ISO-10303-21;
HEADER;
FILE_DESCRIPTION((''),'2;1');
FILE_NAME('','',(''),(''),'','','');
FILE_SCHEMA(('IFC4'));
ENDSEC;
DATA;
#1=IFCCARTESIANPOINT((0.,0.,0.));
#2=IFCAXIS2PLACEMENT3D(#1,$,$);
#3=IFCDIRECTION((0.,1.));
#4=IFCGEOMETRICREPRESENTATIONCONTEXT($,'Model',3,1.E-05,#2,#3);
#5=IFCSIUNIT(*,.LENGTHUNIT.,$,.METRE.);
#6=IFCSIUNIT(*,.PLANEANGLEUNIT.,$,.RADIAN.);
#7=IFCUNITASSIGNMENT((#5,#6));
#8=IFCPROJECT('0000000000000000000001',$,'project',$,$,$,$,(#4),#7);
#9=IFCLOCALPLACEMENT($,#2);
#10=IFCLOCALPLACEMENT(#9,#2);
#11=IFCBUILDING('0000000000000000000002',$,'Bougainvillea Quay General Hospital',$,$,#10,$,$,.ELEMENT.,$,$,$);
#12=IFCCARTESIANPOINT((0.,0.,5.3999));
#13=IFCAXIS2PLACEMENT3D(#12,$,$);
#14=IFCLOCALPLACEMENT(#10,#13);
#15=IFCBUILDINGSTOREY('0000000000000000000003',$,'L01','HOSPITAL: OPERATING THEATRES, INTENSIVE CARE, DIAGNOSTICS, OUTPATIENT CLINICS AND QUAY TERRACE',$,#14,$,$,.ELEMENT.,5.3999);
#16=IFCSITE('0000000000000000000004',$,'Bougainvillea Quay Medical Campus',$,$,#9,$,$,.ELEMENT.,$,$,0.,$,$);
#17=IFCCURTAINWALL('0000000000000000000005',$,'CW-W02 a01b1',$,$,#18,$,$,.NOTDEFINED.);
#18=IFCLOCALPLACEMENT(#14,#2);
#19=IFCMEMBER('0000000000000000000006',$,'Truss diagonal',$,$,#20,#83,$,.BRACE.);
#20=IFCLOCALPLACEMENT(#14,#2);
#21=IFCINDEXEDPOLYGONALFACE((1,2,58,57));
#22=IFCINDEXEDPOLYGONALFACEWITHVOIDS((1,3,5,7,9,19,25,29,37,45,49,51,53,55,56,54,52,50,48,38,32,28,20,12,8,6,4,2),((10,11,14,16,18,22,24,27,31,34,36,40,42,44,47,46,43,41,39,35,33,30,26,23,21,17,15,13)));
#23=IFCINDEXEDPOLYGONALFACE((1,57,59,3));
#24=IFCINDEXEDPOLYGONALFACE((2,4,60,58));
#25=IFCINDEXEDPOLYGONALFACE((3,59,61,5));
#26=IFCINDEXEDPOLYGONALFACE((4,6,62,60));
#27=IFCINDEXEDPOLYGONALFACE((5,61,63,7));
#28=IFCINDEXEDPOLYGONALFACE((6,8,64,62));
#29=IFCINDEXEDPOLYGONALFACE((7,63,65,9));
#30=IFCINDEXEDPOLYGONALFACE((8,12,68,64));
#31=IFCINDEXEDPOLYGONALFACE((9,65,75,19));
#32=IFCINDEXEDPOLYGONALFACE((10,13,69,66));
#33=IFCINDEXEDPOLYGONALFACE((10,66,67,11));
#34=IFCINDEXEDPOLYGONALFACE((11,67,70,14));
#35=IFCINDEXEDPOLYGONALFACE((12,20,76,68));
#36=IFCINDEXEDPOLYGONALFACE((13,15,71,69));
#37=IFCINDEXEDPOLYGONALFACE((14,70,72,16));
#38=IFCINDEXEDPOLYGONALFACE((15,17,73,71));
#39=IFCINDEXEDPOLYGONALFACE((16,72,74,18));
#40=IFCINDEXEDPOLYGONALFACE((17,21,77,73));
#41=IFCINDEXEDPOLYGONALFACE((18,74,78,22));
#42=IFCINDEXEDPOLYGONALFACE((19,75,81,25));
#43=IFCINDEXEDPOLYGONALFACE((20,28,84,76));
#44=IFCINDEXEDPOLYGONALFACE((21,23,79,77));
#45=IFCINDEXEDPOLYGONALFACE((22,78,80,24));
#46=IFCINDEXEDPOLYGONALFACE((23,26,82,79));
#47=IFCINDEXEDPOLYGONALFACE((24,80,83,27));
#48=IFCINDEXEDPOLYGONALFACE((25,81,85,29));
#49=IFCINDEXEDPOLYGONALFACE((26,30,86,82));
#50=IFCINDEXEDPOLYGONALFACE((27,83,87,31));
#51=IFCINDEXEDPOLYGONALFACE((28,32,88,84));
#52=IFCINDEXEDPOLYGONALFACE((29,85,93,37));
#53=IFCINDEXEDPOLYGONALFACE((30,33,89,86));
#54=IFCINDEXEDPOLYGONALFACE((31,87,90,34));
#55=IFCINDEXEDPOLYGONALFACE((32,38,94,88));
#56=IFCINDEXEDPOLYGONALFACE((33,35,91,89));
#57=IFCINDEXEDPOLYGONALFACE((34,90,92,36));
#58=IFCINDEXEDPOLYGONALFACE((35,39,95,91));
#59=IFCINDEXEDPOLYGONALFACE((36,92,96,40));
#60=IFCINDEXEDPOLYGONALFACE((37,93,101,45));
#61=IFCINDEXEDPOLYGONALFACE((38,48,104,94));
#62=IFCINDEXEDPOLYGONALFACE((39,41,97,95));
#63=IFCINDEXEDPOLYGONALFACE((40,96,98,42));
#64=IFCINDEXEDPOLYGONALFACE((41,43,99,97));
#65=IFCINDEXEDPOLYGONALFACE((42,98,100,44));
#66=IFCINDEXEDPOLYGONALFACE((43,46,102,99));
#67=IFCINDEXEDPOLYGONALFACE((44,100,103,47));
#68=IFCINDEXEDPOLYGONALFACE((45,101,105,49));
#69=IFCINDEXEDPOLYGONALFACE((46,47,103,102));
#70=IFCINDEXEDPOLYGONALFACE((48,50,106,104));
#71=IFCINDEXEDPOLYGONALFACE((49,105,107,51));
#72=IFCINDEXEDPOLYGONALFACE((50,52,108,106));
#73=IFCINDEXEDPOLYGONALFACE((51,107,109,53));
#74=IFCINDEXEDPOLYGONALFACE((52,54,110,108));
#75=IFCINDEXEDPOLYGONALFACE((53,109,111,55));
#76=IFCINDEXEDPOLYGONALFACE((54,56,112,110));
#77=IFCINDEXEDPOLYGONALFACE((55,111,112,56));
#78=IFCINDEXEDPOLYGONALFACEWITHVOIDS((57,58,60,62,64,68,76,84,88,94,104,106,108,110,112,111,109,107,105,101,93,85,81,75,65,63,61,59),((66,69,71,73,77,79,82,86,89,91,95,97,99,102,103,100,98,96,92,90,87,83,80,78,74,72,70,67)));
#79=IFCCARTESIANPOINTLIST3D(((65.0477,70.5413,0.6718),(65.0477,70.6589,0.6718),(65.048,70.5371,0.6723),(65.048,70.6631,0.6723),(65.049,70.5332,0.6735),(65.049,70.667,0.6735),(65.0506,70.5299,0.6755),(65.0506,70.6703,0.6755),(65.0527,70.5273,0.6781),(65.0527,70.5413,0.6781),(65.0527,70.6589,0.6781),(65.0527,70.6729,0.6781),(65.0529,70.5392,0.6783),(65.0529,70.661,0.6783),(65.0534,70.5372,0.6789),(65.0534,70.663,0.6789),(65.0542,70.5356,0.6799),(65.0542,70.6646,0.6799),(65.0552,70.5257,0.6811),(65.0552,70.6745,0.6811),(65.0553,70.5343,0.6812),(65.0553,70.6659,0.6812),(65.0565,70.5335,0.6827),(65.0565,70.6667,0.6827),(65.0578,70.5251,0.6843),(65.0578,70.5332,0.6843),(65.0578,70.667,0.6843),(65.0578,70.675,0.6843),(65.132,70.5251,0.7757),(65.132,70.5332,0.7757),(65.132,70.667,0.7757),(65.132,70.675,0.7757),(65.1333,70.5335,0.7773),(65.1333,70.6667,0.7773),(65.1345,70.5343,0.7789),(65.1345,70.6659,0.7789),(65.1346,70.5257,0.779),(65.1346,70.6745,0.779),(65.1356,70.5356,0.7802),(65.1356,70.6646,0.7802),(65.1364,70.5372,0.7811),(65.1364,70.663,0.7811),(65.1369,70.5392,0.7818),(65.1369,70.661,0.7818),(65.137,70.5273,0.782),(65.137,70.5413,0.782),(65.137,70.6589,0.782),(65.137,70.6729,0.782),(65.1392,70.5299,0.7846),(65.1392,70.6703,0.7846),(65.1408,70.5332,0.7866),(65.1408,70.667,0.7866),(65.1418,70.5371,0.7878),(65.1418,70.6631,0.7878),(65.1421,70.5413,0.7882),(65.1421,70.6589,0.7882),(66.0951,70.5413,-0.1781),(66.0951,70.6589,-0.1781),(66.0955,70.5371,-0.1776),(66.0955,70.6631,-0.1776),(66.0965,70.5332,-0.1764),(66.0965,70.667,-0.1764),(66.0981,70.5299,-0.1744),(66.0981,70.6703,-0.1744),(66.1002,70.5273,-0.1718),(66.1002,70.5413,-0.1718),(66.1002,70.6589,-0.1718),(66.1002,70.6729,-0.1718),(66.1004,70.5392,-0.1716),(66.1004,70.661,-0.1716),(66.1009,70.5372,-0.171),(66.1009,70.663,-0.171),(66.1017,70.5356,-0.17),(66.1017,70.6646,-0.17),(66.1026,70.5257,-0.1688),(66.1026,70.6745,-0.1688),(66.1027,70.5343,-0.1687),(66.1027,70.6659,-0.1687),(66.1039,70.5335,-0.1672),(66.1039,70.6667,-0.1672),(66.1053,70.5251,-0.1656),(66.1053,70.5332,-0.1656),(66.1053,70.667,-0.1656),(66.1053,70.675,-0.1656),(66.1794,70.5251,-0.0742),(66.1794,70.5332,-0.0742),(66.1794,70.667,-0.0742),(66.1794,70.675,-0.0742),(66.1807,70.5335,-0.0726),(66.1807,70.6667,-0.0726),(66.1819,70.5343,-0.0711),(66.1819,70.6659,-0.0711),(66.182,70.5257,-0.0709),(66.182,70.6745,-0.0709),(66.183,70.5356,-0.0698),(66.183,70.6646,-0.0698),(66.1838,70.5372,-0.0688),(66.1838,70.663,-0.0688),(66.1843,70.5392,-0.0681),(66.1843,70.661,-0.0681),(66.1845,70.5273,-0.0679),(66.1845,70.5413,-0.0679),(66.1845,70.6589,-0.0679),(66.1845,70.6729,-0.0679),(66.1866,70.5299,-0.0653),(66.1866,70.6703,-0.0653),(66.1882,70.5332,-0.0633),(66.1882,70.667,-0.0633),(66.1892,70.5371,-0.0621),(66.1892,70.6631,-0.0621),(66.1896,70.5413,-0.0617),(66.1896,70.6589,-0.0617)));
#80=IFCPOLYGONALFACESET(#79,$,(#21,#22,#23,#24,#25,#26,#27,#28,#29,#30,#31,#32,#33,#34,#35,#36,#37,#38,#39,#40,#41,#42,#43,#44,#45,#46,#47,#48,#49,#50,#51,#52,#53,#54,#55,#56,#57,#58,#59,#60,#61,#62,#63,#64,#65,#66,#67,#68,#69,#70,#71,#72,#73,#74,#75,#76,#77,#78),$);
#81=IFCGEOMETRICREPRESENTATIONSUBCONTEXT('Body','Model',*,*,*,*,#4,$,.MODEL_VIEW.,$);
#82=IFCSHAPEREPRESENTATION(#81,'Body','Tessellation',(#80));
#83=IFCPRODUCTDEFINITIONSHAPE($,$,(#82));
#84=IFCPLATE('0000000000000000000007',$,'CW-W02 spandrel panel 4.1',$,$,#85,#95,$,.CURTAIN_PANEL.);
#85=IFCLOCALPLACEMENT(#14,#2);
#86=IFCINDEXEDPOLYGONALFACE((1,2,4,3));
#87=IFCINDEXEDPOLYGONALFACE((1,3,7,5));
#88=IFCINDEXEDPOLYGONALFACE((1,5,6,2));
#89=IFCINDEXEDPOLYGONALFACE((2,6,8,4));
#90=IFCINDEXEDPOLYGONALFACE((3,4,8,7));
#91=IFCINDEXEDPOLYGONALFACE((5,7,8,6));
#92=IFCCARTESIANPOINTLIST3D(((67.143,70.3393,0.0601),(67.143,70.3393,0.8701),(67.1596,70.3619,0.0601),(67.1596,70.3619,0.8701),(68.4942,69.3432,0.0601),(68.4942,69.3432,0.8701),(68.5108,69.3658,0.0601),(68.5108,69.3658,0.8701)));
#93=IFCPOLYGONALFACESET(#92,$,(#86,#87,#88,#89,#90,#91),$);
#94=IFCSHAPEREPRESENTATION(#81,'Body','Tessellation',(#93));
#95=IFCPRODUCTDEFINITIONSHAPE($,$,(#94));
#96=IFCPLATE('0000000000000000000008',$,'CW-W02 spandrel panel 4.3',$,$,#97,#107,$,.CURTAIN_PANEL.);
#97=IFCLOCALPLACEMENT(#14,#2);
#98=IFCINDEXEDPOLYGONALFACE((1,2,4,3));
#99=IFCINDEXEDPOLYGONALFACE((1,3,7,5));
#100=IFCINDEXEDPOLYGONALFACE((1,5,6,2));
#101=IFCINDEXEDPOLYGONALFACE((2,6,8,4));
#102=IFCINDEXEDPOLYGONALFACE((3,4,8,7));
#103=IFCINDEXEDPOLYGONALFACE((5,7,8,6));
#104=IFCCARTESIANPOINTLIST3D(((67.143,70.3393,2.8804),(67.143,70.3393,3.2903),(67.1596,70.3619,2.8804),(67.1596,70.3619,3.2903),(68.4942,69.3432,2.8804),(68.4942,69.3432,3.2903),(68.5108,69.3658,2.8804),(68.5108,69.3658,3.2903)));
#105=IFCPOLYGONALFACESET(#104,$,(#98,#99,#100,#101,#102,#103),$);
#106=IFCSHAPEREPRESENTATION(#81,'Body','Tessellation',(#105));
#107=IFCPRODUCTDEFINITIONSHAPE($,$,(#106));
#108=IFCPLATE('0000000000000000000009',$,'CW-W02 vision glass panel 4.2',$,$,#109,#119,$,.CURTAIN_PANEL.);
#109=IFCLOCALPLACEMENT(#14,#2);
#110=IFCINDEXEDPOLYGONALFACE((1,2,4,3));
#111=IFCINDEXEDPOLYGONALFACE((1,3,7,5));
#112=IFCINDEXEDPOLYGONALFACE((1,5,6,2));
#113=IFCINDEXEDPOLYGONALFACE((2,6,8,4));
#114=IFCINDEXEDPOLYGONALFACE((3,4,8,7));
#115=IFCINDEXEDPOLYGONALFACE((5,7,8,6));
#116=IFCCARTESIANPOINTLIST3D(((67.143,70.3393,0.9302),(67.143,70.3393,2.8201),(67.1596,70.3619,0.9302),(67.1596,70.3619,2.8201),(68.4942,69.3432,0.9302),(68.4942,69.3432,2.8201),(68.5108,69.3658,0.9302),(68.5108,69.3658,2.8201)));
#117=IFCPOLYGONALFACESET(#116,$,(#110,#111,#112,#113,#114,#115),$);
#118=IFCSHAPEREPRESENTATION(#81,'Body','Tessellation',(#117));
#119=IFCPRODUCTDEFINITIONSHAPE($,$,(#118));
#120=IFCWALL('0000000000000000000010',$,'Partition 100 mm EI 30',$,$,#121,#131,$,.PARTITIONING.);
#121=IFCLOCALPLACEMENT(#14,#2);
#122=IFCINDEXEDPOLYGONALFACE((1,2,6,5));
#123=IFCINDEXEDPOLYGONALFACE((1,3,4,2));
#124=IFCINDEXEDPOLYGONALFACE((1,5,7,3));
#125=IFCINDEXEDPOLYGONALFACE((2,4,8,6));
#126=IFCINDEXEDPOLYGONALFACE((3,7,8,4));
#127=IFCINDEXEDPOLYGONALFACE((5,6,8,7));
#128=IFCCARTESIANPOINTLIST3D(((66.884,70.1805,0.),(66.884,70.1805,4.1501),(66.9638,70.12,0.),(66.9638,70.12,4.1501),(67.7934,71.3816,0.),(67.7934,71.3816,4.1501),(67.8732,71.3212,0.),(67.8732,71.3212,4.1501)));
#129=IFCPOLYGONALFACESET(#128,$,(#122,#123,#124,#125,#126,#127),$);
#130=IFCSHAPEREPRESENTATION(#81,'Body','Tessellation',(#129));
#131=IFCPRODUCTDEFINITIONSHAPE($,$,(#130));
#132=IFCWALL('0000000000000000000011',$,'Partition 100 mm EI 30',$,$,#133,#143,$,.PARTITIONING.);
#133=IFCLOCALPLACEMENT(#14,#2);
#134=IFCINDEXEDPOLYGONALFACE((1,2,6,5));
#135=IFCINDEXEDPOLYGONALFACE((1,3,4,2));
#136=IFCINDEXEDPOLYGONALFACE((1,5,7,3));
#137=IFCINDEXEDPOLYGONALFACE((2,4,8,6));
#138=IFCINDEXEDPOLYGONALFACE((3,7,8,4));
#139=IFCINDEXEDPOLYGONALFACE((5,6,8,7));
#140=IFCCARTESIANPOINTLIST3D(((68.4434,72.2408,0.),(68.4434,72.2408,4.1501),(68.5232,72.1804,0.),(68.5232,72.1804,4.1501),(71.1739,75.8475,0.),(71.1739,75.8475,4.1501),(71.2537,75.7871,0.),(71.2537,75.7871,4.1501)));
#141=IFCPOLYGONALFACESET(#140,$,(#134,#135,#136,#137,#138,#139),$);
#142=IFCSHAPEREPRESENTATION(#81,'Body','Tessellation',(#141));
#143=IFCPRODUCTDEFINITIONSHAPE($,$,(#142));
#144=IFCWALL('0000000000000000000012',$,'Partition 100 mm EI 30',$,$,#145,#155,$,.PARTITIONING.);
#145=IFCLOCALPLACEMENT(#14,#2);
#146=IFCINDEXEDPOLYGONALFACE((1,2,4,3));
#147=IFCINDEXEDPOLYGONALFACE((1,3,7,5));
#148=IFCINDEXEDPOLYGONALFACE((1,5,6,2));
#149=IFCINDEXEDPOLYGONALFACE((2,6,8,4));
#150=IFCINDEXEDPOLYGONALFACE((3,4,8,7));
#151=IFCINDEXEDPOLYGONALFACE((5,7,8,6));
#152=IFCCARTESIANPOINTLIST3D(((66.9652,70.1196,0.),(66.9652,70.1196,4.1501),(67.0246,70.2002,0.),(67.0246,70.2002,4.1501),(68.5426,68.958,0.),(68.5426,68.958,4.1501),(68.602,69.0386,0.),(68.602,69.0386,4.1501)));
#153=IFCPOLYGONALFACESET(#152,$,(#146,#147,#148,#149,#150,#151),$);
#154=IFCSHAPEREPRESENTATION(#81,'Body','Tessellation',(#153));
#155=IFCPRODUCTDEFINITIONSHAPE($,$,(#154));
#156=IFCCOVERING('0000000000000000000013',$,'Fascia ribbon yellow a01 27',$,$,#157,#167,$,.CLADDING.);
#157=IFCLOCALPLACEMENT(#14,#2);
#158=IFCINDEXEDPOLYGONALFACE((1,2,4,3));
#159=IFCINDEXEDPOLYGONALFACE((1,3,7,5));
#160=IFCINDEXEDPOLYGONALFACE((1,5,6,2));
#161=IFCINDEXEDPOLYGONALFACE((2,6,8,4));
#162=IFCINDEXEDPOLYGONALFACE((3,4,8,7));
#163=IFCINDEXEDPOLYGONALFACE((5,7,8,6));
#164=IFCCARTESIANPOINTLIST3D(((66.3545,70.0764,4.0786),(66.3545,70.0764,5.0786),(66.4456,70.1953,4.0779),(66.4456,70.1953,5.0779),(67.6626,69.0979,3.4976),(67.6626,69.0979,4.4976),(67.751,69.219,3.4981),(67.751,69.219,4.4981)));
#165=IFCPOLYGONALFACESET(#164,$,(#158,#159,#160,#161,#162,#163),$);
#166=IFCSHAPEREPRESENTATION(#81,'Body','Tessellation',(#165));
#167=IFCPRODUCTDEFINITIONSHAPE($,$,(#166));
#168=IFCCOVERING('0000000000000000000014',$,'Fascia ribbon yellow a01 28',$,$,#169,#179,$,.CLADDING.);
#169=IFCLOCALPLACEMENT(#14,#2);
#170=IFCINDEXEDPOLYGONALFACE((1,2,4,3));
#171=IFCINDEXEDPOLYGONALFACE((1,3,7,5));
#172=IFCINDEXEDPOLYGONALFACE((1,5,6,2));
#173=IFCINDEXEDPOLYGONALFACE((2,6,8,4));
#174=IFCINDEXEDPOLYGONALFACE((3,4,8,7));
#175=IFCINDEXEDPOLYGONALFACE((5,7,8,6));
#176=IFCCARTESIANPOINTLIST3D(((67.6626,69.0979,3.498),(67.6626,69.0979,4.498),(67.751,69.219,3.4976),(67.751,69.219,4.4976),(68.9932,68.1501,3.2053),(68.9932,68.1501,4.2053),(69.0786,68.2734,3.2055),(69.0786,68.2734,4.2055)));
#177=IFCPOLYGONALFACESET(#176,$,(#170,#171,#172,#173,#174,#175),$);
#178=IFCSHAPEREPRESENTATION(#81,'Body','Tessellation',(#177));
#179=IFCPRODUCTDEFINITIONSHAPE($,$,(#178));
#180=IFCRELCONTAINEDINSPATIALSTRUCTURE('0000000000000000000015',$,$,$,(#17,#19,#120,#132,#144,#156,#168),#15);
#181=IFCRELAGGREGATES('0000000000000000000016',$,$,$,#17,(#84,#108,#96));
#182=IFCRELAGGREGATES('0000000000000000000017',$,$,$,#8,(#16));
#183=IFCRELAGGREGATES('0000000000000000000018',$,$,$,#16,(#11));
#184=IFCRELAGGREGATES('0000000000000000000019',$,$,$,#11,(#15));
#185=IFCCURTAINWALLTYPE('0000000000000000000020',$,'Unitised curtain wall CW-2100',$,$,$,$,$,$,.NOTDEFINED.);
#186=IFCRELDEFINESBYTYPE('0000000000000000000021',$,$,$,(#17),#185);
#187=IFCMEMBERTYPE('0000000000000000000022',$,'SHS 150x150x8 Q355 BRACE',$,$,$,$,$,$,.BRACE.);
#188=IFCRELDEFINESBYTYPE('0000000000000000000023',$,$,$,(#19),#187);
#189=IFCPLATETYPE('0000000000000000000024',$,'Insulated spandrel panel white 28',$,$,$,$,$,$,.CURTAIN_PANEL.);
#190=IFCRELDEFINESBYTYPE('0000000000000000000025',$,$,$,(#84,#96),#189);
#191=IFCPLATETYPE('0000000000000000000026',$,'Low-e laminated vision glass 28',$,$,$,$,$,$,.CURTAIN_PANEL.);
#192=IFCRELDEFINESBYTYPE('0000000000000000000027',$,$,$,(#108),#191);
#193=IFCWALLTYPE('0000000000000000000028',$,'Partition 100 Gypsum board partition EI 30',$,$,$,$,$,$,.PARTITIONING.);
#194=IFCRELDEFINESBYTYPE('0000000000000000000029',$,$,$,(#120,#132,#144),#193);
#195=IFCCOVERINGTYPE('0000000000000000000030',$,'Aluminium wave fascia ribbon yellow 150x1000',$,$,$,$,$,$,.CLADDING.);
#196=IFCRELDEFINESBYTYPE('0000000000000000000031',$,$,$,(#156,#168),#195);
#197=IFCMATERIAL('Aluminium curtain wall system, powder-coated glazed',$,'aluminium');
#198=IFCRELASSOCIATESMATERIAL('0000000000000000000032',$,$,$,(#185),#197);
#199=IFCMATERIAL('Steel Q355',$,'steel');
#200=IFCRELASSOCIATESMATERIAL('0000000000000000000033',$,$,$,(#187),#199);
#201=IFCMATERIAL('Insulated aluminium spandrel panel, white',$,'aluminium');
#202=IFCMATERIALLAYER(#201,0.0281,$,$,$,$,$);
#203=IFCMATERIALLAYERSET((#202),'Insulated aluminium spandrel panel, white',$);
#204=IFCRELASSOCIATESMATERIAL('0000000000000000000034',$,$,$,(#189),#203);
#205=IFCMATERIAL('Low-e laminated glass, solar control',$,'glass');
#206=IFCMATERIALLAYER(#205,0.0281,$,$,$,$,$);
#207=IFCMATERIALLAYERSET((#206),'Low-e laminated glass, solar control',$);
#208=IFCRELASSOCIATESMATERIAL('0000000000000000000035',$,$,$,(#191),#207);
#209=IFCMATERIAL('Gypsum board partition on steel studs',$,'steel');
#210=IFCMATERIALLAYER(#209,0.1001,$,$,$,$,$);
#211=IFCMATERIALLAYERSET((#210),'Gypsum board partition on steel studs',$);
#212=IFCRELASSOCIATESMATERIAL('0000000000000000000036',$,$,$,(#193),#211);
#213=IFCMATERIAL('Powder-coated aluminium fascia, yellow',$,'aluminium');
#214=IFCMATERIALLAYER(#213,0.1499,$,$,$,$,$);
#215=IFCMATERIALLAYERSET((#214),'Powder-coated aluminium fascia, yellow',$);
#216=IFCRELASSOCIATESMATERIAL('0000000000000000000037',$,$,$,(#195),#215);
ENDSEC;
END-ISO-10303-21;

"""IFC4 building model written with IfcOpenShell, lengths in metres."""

from ifc_helpers import new_model, si_unit, direction, frame, frame_2d, origin, origin_2d, place, context, subcontext, project, spatial, polyline, rectangle, hollow_rectangle, outline, extrude, material, layer, layer_set, material_profile, profile_set, type_object, element, aggregate, save


model = new_model("IFC4")

# Units and contexts
model_context = context("Model", 3, precision=1e-05, world=origin(), true_north=direction((0.0, 1.0)))
body_context = subcontext(model_context, "Body", "Model", "MODEL_VIEW")
ifc_project = project(units=[si_unit("LENGTHUNIT", "METRE"), si_unit("PLANEANGLEUNIT", "RADIAN")], contexts=[model_context])

# Site, building, storey
site_placement = place(None, origin())
site = spatial("IfcSite", under=ifc_project, at=site_placement, Name="Bougainvillea Quay Medical Campus", CompositionType="ELEMENT", RefElevation=0.0)
building_placement = place(site_placement, origin())
building = spatial("IfcBuilding", under=site, at=building_placement, Name="Bougainvillea Quay General Hospital", CompositionType="ELEMENT")
storey_placement = place(building_placement, frame((0.0, 0.0, 5.3999)))
storey = spatial("IfcBuildingStorey", under=building, at=storey_placement, Name="L01", Description="HOSPITAL: OPERATING THEATRES, INTENSIVE CARE, DIAGNOSTICS, OUTPATIENT CLINICS AND QUAY TERRACE", CompositionType="ELEMENT", Elevation=5.3999)

# Curtain wall
ifc_material_1 = material(Name="Aluminium curtain wall system, powder-coated glazed", Category="aluminium")
curtain_wall_type = type_object("IfcCurtainWallType", Name="Unitised curtain wall CW-2100", PredefinedType="NOTDEFINED", material=ifc_material_1)
curtain_wall_placement = place(storey_placement, origin())
curtain_wall = element("IfcCurtainWall", 1, at=curtain_wall_placement, inside=storey, type_object=curtain_wall_type, Name="CW-W02 a01b1", PredefinedType="NOTDEFINED")

# Member
ifc_material_2 = material(Name="Steel Q355", Category="steel")
ifc_material_profile_1 = material_profile(ifc_material_2, hollow_rectangle(XDim=0.1499, YDim=0.1499, WallThickness=0.0081, InnerFilletRadius=0.0081, OuterFilletRadius=0.0161, at=origin_2d()))
ifc_profile_set_1 = profile_set([ifc_material_profile_1], Name="Steel Q355")
member_type_1 = type_object("IfcMemberType", Name="SHS 150x150x8 Q355 BRACE", PredefinedType="BRACE", material=ifc_profile_set_1)
member_1_placement = place(storey_placement, frame((66.1423, 70.6001, -0.1199), z_axis=(-0.776524, 0.0, 0.630088), x_axis=(0.0, -1.0, 0.0)))
element("IfcMember", 2, at=member_1_placement, inside=storey, type_object=member_type_1, Name="Truss diagonal", PredefinedType="BRACE", context=body_context, shape_type="SweptSolid", body=[
    extrude(hollow_rectangle(XDim=0.1499, YDim=0.1499, WallThickness=0.0081, InnerFilletRadius=0.0081, OuterFilletRadius=0.0161, at=origin_2d()), origin(), (0.0, 0.0, 1.0), 1.3489),
])

# Plates
ifc_material_3 = material(Name="Insulated aluminium spandrel panel, white", Category="aluminium")
ifc_layer_1 = layer(ifc_material_3, 0.0281)
ifc_layer_set_1 = layer_set([ifc_layer_1], Name="Insulated aluminium spandrel panel, white")
plate_type_1 = type_object("IfcPlateType", Name="Insulated spandrel panel white 28", PredefinedType="CURTAIN_PANEL", material=ifc_layer_set_1)
plate_1_placement = place(storey_placement, frame((67.8269, 69.8525, 0.0601), z_axis=(0.0, 0.0, 1.0), x_axis=(-0.80492, 0.593384, 0.0)))
plate_1 = element("IfcPlate", 3, at=plate_1_placement, type_object=plate_type_1, Name="CW-W02 spandrel panel 4.1", PredefinedType="CURTAIN_PANEL", context=body_context, shape_type="SweptSolid", body=[
    extrude(rectangle(XDim=1.6787, YDim=0.0281, at=origin_2d()), origin(), (0.0, 0.0, 1.0), 0.8101),
])
plate_2_placement = place(storey_placement, frame((67.8269, 69.8525, 2.8804), z_axis=(0.0, 0.0, 1.0), x_axis=(-0.80492, 0.593384, 0.0)))
plate_2 = element("IfcPlate", 4, at=plate_2_placement, type_object=plate_type_1, Name="CW-W02 spandrel panel 4.3", PredefinedType="CURTAIN_PANEL", context=body_context, shape_type="SweptSolid", body=[
    extrude(rectangle(XDim=1.6787, YDim=0.0281, at=origin_2d()), origin(), (0.0, 0.0, 1.0), 0.4099),
])
ifc_material_4 = material(Name="Low-e laminated glass, solar control", Category="glass")
ifc_layer_2 = layer(ifc_material_4, 0.0281)
ifc_layer_set_2 = layer_set([ifc_layer_2], Name="Low-e laminated glass, solar control")
plate_type_2 = type_object("IfcPlateType", Name="Low-e laminated vision glass 28", PredefinedType="CURTAIN_PANEL", material=ifc_layer_set_2)
plate_3_placement = place(storey_placement, frame((67.8269, 69.8525, 0.9302), z_axis=(0.0, 0.0, 1.0), x_axis=(-0.80492, 0.593384, 0.0)))
plate_3 = element("IfcPlate", 5, at=plate_3_placement, type_object=plate_type_2, Name="CW-W02 vision glass panel 4.2", PredefinedType="CURTAIN_PANEL", context=body_context, shape_type="SweptSolid", body=[
    extrude(rectangle(XDim=1.6787, YDim=0.0281, at=origin_2d()), origin(), (0.0, 0.0, 1.0), 1.8899),
])
aggregate(curtain_wall, [plate_1, plate_3, plate_2])

# Walls
ifc_material_5 = material(Name="Gypsum board partition on steel studs", Category="steel")
ifc_layer_3 = layer(ifc_material_5, 0.1001)
ifc_layer_set_3 = layer_set([ifc_layer_3], Name="Gypsum board partition on steel studs")
wall_type_1 = type_object("IfcWallType", Name="Partition 100 Gypsum board partition EI 30", PredefinedType="PARTITIONING", material=ifc_layer_set_3)
wall_1_placement = place(storey_placement, frame((66.9238, 70.1501, 0.0), z_axis=(0.0, 0.0, 1.0), x_axis=(0.603624, 0.797269, 0.0)))
element("IfcWall", 6, at=wall_1_placement, inside=storey, type_object=wall_type_1, Name="Partition 100 mm EI 30", PredefinedType="PARTITIONING", context=body_context, shape_type="SweptSolid", body=[
    extrude(rectangle(XDim=1.5066, YDim=0.1001, at=frame_2d((0.7534, 0.0))), origin(), (0.0, 0.0, 1.0), 4.1501),
])
wall_2_placement = place(storey_placement, frame((68.4834, 72.2107, 0.0), z_axis=(0.0, 0.0, 1.0), x_axis=(0.603595, 0.797291, 0.0)))
element("IfcWall", 7, at=wall_2_placement, inside=storey, type_object=wall_type_1, Name="Partition 100 mm EI 30", PredefinedType="PARTITIONING", context=body_context, shape_type="SweptSolid", body=[
    extrude(rectangle(XDim=4.5237, YDim=0.1001, at=frame_2d((2.2617, 0.0))), origin(), (0.0, 0.0, 1.0), 4.1501),
])
wall_3_placement = place(storey_placement, frame((66.9949, 70.1599, 0.0), z_axis=(0.0, 0.0, 1.0), x_axis=(0.805219, -0.592978, 0.0)))
element("IfcWall", 8, at=wall_3_placement, inside=storey, type_object=wall_type_1, Name="Partition 100 mm EI 30", PredefinedType="PARTITIONING", context=body_context, shape_type="SweptSolid", body=[
    extrude(rectangle(XDim=1.959, YDim=0.1001, at=frame_2d((0.9795, 0.0))), origin(), (0.0, 0.0, 1.0), 4.1501),
])

# Coverings
ifc_material_6 = material(Name="Powder-coated aluminium fascia, yellow", Category="aluminium")
ifc_layer_4 = layer(ifc_material_6, 0.1499)
ifc_layer_set_4 = layer_set([ifc_layer_4], Name="Powder-coated aluminium fascia, yellow")
covering_type = type_object("IfcCoveringType", Name="Aluminium wave fascia ribbon yellow 150x1000", PredefinedType="CLADDING", material=ifc_layer_set_4)
covering_1_placement = place(storey_placement, frame((66.4456, 70.1953, 4.0779), z_axis=(0.268855, -0.200067, 0.942173), x_axis=(0.7545, -0.564288, -0.335126)))
element("IfcCovering", 9, at=covering_1_placement, inside=storey, type_object=covering_type, Name="Fascia ribbon yellow a01 27", PredefinedType="CLADDING", context=body_context, shape_type="SweptSolid", body=[
    extrude(outline(polyline([(0.0, 0.0), (1.7302, 0.0), (1.732, -0.1499), (-0.0019, -0.1498), (0.0, 0.0)])), origin(), (-0.335126, -0.000761, 0.942173), 1.0),
])
covering_2_placement = place(storey_placement, frame((67.751, 69.219, 3.4976), z_axis=(0.144177, -0.101568, 0.984326), x_axis=(0.801765, -0.571026, -0.176358)))
element("IfcCovering", 10, at=covering_2_placement, inside=storey, type_object=covering_type, Name="Fascia ribbon yellow a01 28", PredefinedType="CLADDING", context=body_context, shape_type="SweptSolid", body=[
    extrude(outline(polyline([(0.0, 0.0), (1.6559, 0.0), (1.6578, -0.15), (-0.0018, -0.1499), (0.0, 0.0)])), origin(), (-0.176358, -0.000895, 0.984326), 1.0),
])

save(model, "model.ifc")
